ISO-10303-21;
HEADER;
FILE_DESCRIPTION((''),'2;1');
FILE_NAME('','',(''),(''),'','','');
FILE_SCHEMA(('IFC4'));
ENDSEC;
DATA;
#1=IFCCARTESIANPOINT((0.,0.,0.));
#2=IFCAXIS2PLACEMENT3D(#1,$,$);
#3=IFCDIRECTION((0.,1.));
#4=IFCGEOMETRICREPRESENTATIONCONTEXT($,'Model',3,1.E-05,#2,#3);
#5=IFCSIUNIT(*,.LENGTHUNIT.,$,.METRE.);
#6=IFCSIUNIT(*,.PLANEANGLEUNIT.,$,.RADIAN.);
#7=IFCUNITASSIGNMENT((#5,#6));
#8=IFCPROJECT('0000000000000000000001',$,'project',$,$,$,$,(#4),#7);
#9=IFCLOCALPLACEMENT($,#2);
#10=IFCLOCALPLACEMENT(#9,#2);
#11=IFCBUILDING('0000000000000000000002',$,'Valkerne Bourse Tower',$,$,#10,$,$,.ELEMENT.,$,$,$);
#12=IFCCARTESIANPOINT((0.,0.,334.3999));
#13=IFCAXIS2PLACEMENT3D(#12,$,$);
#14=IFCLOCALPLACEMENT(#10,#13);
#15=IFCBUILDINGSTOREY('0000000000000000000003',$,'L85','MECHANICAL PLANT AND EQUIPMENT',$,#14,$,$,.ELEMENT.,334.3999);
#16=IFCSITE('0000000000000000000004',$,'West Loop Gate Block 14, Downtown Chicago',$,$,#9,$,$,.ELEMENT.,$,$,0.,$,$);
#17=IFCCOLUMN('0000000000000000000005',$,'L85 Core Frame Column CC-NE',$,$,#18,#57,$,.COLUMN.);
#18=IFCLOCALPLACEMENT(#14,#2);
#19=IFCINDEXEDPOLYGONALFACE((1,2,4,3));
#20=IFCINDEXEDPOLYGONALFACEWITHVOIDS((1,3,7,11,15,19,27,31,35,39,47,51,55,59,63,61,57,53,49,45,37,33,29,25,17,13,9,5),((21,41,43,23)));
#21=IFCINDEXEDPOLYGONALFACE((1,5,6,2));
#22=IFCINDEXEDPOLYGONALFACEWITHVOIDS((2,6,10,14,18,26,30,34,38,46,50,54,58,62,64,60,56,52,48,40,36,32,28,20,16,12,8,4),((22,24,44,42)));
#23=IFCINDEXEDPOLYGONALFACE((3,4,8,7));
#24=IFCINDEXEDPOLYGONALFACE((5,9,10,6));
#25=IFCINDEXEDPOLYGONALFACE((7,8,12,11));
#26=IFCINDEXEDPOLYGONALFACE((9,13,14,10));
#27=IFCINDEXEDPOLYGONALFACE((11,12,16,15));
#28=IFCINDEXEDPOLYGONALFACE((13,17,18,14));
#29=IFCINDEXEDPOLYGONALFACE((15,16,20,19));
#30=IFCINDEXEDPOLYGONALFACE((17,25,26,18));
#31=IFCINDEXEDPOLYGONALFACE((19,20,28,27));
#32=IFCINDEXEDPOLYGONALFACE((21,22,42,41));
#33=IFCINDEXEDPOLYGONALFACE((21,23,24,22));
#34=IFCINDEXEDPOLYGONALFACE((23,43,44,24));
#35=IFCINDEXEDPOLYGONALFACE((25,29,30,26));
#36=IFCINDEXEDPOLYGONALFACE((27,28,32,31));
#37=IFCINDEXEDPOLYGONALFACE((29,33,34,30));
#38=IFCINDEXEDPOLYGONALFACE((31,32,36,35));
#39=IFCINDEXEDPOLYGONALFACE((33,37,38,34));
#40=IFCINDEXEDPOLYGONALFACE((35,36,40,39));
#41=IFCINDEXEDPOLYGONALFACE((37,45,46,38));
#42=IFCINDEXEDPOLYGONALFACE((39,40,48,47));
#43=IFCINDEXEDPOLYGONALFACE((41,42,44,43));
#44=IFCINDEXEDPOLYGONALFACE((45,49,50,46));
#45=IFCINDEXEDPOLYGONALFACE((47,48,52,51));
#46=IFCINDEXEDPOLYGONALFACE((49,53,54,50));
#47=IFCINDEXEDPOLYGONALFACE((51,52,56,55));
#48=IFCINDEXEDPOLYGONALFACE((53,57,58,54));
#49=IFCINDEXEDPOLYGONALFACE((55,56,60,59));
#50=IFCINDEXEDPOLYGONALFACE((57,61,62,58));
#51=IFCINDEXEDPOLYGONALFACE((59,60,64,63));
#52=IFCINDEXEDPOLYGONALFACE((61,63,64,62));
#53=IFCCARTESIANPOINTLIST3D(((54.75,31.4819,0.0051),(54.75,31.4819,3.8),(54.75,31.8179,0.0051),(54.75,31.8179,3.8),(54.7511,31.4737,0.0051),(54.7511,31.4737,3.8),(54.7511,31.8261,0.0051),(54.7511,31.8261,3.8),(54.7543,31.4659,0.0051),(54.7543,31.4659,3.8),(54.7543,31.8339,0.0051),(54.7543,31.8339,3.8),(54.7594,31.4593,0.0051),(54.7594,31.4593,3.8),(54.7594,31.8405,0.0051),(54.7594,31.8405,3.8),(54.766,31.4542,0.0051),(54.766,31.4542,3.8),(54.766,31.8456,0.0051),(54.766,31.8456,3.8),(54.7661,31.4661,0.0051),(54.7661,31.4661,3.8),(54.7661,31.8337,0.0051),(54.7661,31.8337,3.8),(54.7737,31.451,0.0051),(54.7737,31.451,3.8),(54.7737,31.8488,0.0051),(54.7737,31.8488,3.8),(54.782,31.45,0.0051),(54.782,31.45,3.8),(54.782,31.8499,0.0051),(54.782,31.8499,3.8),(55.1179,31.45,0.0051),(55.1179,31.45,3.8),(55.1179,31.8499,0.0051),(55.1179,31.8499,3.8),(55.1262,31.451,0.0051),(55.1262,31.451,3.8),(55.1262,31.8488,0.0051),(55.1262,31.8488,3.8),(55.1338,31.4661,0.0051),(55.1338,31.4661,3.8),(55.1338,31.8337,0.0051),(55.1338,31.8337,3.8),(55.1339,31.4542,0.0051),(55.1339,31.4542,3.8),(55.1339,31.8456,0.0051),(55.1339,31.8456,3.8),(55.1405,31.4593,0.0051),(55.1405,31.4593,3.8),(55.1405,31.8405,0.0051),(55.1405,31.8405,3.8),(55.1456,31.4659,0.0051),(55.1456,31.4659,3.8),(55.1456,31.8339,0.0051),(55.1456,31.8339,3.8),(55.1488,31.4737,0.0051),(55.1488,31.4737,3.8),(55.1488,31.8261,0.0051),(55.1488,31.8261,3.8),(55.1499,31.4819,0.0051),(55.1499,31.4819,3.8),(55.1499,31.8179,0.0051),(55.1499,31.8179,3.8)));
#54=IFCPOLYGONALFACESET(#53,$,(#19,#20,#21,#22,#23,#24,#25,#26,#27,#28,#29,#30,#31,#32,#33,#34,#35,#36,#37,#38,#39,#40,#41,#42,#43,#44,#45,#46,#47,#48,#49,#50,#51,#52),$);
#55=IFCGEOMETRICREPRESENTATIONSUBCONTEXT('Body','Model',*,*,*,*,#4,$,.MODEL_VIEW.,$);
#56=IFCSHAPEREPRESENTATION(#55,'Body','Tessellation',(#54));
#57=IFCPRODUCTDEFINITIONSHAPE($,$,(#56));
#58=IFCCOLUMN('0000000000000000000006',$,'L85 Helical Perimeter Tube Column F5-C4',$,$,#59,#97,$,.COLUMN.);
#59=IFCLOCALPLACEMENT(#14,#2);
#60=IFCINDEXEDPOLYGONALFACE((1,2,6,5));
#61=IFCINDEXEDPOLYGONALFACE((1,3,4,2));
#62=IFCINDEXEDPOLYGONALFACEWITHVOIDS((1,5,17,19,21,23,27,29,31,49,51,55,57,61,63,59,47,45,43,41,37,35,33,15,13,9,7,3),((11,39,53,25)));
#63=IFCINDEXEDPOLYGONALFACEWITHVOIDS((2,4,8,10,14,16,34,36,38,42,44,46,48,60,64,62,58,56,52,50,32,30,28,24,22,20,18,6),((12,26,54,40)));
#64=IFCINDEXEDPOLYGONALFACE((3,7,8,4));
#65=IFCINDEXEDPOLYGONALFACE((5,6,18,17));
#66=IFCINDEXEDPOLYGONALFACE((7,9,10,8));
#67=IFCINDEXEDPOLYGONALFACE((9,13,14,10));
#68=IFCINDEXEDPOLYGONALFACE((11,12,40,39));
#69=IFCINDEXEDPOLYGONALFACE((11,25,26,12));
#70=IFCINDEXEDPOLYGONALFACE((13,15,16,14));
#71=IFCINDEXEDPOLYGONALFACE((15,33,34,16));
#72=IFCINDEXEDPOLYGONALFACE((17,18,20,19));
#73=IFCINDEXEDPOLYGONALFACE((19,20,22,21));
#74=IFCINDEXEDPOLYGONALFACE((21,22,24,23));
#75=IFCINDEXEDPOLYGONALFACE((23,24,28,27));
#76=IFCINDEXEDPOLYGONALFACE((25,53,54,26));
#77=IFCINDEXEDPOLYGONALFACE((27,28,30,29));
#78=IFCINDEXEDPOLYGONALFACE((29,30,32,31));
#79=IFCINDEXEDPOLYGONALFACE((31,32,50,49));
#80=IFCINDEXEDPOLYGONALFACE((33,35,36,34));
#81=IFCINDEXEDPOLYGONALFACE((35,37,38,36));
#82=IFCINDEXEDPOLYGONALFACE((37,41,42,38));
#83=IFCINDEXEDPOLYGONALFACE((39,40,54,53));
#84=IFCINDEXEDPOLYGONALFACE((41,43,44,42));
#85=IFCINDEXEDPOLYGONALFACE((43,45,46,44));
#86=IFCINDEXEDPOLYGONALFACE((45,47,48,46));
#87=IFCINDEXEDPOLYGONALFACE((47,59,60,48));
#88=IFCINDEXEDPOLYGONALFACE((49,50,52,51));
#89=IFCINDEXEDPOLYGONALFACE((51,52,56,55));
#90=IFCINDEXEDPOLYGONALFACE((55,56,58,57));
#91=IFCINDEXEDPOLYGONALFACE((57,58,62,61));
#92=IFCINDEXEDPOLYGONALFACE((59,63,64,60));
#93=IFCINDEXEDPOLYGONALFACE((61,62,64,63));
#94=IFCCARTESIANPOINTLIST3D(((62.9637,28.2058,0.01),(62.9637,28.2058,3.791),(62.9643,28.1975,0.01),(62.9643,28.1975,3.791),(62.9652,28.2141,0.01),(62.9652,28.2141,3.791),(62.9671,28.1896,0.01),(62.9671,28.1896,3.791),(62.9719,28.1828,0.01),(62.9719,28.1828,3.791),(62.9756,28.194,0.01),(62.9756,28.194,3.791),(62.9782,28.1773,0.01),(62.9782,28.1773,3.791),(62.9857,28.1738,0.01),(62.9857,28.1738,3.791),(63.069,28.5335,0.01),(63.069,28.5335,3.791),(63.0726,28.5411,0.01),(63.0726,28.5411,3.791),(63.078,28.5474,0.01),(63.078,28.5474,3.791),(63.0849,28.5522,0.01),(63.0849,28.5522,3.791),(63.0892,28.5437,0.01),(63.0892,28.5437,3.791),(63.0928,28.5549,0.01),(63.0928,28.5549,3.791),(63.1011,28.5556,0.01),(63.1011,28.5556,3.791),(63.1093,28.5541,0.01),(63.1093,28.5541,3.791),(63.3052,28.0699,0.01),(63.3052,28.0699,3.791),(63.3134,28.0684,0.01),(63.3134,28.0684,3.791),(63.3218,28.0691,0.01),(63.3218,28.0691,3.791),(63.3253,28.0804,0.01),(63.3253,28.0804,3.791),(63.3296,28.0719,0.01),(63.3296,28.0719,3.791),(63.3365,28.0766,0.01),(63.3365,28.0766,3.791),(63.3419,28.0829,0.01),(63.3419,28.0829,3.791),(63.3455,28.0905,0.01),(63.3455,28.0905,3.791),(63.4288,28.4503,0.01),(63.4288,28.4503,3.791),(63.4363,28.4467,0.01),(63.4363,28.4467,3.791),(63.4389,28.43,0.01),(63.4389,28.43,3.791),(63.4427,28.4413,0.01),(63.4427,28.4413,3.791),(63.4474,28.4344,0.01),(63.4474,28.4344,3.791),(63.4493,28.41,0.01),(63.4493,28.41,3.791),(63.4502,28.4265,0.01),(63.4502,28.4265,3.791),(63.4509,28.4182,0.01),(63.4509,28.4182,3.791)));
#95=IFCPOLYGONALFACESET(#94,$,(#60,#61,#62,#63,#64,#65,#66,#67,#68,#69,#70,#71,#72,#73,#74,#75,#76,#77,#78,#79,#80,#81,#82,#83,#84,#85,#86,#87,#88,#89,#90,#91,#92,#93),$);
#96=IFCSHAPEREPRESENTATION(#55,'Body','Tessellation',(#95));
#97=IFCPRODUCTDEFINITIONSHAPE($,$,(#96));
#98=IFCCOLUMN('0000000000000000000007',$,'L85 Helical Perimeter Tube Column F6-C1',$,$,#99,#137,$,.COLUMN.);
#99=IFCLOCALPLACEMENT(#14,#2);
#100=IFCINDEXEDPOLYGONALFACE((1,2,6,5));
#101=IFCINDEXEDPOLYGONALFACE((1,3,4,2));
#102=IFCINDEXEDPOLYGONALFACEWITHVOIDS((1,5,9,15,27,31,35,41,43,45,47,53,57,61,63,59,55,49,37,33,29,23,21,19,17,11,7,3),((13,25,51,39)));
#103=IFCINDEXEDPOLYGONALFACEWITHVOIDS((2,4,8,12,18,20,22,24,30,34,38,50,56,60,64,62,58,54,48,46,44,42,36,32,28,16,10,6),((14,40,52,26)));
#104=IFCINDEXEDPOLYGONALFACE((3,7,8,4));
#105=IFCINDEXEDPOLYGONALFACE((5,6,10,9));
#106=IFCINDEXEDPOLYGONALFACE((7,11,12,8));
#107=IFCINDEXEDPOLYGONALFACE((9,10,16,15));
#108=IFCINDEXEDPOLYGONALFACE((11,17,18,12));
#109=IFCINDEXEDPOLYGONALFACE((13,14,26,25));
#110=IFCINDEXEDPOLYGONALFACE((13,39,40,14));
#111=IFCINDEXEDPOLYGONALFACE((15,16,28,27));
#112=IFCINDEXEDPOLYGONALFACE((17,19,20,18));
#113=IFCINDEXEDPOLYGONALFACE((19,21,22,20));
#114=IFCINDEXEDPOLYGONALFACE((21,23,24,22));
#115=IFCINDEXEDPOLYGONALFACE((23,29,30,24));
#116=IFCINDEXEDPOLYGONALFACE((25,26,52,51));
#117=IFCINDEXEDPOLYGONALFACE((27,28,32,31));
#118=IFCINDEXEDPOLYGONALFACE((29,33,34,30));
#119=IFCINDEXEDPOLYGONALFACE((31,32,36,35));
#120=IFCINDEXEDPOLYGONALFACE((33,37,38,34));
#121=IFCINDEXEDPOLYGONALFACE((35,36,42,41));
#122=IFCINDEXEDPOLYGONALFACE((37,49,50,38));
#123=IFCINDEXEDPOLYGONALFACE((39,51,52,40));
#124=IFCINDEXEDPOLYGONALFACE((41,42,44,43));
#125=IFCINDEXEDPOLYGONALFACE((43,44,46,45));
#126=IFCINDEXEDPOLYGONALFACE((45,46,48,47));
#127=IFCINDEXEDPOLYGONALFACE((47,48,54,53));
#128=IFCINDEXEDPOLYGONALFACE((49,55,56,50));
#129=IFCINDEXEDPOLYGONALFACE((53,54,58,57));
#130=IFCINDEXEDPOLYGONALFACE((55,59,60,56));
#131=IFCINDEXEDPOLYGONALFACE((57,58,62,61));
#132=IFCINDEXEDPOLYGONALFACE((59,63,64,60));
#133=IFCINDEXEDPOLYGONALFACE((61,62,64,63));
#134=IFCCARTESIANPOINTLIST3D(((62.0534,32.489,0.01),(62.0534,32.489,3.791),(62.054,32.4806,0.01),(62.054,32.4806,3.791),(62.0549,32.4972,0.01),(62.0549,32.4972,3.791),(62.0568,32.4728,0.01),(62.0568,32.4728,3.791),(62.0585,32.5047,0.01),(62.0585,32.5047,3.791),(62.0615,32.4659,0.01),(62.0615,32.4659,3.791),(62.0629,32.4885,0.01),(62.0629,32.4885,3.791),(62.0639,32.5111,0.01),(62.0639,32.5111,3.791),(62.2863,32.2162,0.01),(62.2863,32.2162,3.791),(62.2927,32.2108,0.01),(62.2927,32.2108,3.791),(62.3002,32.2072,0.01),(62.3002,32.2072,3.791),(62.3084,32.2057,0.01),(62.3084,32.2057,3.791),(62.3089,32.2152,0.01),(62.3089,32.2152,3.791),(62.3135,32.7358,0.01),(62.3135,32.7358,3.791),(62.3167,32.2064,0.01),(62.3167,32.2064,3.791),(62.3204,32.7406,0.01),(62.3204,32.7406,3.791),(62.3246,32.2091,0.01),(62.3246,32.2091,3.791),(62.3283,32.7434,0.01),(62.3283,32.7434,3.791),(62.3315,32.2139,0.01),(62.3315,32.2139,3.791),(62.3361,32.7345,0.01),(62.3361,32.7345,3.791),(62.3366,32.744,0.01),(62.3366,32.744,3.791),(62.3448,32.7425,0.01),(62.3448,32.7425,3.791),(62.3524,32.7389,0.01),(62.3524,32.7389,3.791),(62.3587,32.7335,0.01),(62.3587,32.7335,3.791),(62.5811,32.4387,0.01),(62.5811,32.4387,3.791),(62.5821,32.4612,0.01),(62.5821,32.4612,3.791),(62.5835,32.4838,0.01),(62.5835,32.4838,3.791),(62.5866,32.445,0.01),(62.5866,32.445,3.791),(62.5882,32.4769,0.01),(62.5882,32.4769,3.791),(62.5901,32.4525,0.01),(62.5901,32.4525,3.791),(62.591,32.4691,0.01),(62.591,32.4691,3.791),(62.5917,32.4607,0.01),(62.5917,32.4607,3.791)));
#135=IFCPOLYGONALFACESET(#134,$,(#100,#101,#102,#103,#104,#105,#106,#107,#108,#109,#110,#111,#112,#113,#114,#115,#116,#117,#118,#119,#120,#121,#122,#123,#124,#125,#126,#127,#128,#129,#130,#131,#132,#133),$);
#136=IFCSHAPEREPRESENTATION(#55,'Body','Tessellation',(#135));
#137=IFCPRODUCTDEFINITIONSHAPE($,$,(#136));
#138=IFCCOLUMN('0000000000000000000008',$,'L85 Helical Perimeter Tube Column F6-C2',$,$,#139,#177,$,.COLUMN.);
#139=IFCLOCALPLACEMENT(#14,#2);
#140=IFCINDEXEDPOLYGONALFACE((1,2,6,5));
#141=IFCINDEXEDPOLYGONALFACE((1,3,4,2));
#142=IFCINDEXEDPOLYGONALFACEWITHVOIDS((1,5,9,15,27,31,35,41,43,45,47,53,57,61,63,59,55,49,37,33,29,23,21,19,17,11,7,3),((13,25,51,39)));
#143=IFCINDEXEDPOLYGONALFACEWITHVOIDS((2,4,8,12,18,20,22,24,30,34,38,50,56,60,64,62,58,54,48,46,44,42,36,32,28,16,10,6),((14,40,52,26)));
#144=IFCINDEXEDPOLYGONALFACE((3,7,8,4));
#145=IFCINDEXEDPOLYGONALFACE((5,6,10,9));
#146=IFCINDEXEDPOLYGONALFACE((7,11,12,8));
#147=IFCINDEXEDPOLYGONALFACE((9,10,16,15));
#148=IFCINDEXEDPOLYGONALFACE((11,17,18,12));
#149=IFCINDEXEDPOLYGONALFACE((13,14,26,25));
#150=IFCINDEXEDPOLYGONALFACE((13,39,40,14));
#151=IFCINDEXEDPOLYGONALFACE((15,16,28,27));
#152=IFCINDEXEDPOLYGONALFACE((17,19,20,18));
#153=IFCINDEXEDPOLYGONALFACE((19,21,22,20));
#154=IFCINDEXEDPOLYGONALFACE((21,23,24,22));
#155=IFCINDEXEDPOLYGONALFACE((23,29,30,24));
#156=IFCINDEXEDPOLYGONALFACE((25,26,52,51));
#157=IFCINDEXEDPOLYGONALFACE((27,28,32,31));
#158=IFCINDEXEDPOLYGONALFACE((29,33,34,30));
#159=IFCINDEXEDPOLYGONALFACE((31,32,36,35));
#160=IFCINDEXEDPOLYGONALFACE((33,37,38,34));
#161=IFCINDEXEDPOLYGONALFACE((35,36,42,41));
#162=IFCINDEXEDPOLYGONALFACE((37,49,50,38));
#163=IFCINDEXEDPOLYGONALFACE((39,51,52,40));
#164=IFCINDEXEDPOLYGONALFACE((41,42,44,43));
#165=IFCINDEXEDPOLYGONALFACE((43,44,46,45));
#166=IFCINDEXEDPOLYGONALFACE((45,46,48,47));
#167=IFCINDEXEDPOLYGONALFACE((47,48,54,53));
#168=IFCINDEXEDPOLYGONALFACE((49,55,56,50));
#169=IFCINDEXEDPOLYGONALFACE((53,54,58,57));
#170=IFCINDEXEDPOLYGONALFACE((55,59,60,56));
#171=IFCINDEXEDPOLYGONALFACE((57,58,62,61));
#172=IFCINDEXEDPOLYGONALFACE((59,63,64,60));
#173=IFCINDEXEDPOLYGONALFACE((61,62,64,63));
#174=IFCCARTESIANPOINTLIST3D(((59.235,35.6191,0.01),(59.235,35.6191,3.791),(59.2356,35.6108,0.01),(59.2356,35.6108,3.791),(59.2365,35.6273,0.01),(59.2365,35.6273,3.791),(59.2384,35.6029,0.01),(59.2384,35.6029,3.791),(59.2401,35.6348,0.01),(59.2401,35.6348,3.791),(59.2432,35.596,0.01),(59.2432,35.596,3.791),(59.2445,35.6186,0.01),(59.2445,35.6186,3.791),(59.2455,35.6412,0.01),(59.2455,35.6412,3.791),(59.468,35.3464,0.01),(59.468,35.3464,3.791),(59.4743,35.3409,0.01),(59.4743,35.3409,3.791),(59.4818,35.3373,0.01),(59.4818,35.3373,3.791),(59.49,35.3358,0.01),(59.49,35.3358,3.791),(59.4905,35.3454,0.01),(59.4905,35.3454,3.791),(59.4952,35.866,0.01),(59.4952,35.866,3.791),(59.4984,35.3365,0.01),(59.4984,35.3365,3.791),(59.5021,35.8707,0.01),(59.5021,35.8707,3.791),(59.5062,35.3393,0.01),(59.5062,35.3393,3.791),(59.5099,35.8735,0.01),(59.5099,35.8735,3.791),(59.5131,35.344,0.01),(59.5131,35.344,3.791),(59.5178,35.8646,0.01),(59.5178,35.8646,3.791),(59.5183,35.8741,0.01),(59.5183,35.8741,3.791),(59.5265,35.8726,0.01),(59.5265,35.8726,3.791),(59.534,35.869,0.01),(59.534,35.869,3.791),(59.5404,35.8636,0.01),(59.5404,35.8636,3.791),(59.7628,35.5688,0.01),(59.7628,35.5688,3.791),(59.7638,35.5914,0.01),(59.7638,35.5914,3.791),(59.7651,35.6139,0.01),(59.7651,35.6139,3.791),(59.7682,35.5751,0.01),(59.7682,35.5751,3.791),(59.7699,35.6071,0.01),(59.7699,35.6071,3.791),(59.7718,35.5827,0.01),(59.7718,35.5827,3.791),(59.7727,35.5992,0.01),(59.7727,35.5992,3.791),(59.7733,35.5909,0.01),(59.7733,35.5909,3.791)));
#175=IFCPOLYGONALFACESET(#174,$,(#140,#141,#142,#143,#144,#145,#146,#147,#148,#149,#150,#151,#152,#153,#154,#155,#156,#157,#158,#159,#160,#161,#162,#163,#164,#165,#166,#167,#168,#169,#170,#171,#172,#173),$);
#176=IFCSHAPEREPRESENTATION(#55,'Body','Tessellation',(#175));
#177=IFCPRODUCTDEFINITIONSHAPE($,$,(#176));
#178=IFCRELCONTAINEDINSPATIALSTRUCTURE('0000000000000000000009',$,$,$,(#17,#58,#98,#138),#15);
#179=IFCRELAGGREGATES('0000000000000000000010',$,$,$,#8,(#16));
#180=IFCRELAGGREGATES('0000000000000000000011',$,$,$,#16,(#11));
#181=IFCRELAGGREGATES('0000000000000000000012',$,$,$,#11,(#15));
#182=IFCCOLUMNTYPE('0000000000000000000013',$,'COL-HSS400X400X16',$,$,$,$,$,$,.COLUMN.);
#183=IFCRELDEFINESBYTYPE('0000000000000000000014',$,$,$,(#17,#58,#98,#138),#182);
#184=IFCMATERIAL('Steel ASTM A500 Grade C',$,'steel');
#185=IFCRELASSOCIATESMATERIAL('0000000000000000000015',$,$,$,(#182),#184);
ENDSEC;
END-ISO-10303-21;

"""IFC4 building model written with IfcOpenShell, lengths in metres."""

from ifc_helpers import new_model, si_unit, direction, frame, origin, origin_2d, place, context, subcontext, project, spatial, hollow_rectangle, extrude, material, material_profile, profile_set, type_object, element, save


model = new_model("IFC4")

# Units and contexts
model_context = context("Model", 3, precision=1e-05, world=origin(), true_north=direction((0.0, 1.0)))
body_context = subcontext(model_context, "Body", "Model", "MODEL_VIEW")
ifc_project = project(units=[si_unit("LENGTHUNIT", "METRE"), si_unit("PLANEANGLEUNIT", "RADIAN")], contexts=[model_context])

# Site, building, storey
site_placement = place(None, origin())
site = spatial("IfcSite", under=ifc_project, at=site_placement, Name="West Loop Gate Block 14, Downtown Chicago", CompositionType="ELEMENT", RefElevation=0.0)
building_placement = place(site_placement, origin())
building = spatial("IfcBuilding", under=site, at=building_placement, Name="Valkerne Bourse Tower", CompositionType="ELEMENT")
storey_placement = place(building_placement, frame((0.0, 0.0, 334.3999)))
storey = spatial("IfcBuildingStorey", under=building, at=storey_placement, Name="L85", Description="MECHANICAL PLANT AND EQUIPMENT", CompositionType="ELEMENT", Elevation=334.3999)

# Columns
ifc_material_1 = material(Name="Steel ASTM A500 Grade C", Category="steel")
ifc_material_profile_1 = material_profile(ifc_material_1, hollow_rectangle(XDim=0.3999, YDim=0.3999, WallThickness=0.0161, OuterFilletRadius=0.032, at=origin_2d()), Name="HSS400X400X16")
ifc_profile_set_1 = profile_set([ifc_material_profile_1], Name="Steel ASTM A500 Grade C")
column_type = type_object("IfcColumnType", Name="COL-HSS400X400X16", PredefinedType="COLUMN", material=ifc_profile_set_1)
column_placement = place(storey_placement, frame((54.95, 31.6499, 0.0051), z_axis=(0.0, 0.0, 1.0), x_axis=(1.0, 0.0, 0.0)))
element("IfcColumn", 1, at=column_placement, inside=storey, type_object=column_type, Name="L85 Core Frame Column CC-NE", PredefinedType="COLUMN", context=body_context, shape_type="SweptSolid", body=[
    extrude(hollow_rectangle(XDim=0.3999, YDim=0.3999, WallThickness=0.0161, OuterFilletRadius=0.032, at=origin_2d()), origin(), (0.0, 0.0, 1.0), 3.7949),
])
for number, where, z_axis, x_axis, name in (
    (2, (63.2073, 28.312, 0.01), (0.0, 0.0, 1.0), (0.309017, 0.951057, 0.0), "L85 Helical Perimeter Tube Column F5-C4"),
    (3, (62.3225, 32.4749, 0.01), (0.0, 0.0, 1.0), (-0.669131, 0.743145, 0.0), "L85 Helical Perimeter Tube Column F6-C1"),
    (4, (59.5042, 35.605, 0.01), (0.0, 0.0, 1.0), (-0.669131, 0.743145, 0.0), "L85 Helical Perimeter Tube Column F6-C2"),
):
    element("IfcColumn", number, at=place(storey_placement, frame(where, z_axis=z_axis, x_axis=x_axis)), inside=storey, type_object=column_type, Name=name, PredefinedType="COLUMN", context=body_context, shape_type="SweptSolid", body=[
        extrude(hollow_rectangle(XDim=0.3999, YDim=0.3999, WallThickness=0.0161, OuterFilletRadius=0.032, at=origin_2d()), origin(), (0.0, 0.0, 1.0), 3.781),
    ])

save(model, "model.ifc")
